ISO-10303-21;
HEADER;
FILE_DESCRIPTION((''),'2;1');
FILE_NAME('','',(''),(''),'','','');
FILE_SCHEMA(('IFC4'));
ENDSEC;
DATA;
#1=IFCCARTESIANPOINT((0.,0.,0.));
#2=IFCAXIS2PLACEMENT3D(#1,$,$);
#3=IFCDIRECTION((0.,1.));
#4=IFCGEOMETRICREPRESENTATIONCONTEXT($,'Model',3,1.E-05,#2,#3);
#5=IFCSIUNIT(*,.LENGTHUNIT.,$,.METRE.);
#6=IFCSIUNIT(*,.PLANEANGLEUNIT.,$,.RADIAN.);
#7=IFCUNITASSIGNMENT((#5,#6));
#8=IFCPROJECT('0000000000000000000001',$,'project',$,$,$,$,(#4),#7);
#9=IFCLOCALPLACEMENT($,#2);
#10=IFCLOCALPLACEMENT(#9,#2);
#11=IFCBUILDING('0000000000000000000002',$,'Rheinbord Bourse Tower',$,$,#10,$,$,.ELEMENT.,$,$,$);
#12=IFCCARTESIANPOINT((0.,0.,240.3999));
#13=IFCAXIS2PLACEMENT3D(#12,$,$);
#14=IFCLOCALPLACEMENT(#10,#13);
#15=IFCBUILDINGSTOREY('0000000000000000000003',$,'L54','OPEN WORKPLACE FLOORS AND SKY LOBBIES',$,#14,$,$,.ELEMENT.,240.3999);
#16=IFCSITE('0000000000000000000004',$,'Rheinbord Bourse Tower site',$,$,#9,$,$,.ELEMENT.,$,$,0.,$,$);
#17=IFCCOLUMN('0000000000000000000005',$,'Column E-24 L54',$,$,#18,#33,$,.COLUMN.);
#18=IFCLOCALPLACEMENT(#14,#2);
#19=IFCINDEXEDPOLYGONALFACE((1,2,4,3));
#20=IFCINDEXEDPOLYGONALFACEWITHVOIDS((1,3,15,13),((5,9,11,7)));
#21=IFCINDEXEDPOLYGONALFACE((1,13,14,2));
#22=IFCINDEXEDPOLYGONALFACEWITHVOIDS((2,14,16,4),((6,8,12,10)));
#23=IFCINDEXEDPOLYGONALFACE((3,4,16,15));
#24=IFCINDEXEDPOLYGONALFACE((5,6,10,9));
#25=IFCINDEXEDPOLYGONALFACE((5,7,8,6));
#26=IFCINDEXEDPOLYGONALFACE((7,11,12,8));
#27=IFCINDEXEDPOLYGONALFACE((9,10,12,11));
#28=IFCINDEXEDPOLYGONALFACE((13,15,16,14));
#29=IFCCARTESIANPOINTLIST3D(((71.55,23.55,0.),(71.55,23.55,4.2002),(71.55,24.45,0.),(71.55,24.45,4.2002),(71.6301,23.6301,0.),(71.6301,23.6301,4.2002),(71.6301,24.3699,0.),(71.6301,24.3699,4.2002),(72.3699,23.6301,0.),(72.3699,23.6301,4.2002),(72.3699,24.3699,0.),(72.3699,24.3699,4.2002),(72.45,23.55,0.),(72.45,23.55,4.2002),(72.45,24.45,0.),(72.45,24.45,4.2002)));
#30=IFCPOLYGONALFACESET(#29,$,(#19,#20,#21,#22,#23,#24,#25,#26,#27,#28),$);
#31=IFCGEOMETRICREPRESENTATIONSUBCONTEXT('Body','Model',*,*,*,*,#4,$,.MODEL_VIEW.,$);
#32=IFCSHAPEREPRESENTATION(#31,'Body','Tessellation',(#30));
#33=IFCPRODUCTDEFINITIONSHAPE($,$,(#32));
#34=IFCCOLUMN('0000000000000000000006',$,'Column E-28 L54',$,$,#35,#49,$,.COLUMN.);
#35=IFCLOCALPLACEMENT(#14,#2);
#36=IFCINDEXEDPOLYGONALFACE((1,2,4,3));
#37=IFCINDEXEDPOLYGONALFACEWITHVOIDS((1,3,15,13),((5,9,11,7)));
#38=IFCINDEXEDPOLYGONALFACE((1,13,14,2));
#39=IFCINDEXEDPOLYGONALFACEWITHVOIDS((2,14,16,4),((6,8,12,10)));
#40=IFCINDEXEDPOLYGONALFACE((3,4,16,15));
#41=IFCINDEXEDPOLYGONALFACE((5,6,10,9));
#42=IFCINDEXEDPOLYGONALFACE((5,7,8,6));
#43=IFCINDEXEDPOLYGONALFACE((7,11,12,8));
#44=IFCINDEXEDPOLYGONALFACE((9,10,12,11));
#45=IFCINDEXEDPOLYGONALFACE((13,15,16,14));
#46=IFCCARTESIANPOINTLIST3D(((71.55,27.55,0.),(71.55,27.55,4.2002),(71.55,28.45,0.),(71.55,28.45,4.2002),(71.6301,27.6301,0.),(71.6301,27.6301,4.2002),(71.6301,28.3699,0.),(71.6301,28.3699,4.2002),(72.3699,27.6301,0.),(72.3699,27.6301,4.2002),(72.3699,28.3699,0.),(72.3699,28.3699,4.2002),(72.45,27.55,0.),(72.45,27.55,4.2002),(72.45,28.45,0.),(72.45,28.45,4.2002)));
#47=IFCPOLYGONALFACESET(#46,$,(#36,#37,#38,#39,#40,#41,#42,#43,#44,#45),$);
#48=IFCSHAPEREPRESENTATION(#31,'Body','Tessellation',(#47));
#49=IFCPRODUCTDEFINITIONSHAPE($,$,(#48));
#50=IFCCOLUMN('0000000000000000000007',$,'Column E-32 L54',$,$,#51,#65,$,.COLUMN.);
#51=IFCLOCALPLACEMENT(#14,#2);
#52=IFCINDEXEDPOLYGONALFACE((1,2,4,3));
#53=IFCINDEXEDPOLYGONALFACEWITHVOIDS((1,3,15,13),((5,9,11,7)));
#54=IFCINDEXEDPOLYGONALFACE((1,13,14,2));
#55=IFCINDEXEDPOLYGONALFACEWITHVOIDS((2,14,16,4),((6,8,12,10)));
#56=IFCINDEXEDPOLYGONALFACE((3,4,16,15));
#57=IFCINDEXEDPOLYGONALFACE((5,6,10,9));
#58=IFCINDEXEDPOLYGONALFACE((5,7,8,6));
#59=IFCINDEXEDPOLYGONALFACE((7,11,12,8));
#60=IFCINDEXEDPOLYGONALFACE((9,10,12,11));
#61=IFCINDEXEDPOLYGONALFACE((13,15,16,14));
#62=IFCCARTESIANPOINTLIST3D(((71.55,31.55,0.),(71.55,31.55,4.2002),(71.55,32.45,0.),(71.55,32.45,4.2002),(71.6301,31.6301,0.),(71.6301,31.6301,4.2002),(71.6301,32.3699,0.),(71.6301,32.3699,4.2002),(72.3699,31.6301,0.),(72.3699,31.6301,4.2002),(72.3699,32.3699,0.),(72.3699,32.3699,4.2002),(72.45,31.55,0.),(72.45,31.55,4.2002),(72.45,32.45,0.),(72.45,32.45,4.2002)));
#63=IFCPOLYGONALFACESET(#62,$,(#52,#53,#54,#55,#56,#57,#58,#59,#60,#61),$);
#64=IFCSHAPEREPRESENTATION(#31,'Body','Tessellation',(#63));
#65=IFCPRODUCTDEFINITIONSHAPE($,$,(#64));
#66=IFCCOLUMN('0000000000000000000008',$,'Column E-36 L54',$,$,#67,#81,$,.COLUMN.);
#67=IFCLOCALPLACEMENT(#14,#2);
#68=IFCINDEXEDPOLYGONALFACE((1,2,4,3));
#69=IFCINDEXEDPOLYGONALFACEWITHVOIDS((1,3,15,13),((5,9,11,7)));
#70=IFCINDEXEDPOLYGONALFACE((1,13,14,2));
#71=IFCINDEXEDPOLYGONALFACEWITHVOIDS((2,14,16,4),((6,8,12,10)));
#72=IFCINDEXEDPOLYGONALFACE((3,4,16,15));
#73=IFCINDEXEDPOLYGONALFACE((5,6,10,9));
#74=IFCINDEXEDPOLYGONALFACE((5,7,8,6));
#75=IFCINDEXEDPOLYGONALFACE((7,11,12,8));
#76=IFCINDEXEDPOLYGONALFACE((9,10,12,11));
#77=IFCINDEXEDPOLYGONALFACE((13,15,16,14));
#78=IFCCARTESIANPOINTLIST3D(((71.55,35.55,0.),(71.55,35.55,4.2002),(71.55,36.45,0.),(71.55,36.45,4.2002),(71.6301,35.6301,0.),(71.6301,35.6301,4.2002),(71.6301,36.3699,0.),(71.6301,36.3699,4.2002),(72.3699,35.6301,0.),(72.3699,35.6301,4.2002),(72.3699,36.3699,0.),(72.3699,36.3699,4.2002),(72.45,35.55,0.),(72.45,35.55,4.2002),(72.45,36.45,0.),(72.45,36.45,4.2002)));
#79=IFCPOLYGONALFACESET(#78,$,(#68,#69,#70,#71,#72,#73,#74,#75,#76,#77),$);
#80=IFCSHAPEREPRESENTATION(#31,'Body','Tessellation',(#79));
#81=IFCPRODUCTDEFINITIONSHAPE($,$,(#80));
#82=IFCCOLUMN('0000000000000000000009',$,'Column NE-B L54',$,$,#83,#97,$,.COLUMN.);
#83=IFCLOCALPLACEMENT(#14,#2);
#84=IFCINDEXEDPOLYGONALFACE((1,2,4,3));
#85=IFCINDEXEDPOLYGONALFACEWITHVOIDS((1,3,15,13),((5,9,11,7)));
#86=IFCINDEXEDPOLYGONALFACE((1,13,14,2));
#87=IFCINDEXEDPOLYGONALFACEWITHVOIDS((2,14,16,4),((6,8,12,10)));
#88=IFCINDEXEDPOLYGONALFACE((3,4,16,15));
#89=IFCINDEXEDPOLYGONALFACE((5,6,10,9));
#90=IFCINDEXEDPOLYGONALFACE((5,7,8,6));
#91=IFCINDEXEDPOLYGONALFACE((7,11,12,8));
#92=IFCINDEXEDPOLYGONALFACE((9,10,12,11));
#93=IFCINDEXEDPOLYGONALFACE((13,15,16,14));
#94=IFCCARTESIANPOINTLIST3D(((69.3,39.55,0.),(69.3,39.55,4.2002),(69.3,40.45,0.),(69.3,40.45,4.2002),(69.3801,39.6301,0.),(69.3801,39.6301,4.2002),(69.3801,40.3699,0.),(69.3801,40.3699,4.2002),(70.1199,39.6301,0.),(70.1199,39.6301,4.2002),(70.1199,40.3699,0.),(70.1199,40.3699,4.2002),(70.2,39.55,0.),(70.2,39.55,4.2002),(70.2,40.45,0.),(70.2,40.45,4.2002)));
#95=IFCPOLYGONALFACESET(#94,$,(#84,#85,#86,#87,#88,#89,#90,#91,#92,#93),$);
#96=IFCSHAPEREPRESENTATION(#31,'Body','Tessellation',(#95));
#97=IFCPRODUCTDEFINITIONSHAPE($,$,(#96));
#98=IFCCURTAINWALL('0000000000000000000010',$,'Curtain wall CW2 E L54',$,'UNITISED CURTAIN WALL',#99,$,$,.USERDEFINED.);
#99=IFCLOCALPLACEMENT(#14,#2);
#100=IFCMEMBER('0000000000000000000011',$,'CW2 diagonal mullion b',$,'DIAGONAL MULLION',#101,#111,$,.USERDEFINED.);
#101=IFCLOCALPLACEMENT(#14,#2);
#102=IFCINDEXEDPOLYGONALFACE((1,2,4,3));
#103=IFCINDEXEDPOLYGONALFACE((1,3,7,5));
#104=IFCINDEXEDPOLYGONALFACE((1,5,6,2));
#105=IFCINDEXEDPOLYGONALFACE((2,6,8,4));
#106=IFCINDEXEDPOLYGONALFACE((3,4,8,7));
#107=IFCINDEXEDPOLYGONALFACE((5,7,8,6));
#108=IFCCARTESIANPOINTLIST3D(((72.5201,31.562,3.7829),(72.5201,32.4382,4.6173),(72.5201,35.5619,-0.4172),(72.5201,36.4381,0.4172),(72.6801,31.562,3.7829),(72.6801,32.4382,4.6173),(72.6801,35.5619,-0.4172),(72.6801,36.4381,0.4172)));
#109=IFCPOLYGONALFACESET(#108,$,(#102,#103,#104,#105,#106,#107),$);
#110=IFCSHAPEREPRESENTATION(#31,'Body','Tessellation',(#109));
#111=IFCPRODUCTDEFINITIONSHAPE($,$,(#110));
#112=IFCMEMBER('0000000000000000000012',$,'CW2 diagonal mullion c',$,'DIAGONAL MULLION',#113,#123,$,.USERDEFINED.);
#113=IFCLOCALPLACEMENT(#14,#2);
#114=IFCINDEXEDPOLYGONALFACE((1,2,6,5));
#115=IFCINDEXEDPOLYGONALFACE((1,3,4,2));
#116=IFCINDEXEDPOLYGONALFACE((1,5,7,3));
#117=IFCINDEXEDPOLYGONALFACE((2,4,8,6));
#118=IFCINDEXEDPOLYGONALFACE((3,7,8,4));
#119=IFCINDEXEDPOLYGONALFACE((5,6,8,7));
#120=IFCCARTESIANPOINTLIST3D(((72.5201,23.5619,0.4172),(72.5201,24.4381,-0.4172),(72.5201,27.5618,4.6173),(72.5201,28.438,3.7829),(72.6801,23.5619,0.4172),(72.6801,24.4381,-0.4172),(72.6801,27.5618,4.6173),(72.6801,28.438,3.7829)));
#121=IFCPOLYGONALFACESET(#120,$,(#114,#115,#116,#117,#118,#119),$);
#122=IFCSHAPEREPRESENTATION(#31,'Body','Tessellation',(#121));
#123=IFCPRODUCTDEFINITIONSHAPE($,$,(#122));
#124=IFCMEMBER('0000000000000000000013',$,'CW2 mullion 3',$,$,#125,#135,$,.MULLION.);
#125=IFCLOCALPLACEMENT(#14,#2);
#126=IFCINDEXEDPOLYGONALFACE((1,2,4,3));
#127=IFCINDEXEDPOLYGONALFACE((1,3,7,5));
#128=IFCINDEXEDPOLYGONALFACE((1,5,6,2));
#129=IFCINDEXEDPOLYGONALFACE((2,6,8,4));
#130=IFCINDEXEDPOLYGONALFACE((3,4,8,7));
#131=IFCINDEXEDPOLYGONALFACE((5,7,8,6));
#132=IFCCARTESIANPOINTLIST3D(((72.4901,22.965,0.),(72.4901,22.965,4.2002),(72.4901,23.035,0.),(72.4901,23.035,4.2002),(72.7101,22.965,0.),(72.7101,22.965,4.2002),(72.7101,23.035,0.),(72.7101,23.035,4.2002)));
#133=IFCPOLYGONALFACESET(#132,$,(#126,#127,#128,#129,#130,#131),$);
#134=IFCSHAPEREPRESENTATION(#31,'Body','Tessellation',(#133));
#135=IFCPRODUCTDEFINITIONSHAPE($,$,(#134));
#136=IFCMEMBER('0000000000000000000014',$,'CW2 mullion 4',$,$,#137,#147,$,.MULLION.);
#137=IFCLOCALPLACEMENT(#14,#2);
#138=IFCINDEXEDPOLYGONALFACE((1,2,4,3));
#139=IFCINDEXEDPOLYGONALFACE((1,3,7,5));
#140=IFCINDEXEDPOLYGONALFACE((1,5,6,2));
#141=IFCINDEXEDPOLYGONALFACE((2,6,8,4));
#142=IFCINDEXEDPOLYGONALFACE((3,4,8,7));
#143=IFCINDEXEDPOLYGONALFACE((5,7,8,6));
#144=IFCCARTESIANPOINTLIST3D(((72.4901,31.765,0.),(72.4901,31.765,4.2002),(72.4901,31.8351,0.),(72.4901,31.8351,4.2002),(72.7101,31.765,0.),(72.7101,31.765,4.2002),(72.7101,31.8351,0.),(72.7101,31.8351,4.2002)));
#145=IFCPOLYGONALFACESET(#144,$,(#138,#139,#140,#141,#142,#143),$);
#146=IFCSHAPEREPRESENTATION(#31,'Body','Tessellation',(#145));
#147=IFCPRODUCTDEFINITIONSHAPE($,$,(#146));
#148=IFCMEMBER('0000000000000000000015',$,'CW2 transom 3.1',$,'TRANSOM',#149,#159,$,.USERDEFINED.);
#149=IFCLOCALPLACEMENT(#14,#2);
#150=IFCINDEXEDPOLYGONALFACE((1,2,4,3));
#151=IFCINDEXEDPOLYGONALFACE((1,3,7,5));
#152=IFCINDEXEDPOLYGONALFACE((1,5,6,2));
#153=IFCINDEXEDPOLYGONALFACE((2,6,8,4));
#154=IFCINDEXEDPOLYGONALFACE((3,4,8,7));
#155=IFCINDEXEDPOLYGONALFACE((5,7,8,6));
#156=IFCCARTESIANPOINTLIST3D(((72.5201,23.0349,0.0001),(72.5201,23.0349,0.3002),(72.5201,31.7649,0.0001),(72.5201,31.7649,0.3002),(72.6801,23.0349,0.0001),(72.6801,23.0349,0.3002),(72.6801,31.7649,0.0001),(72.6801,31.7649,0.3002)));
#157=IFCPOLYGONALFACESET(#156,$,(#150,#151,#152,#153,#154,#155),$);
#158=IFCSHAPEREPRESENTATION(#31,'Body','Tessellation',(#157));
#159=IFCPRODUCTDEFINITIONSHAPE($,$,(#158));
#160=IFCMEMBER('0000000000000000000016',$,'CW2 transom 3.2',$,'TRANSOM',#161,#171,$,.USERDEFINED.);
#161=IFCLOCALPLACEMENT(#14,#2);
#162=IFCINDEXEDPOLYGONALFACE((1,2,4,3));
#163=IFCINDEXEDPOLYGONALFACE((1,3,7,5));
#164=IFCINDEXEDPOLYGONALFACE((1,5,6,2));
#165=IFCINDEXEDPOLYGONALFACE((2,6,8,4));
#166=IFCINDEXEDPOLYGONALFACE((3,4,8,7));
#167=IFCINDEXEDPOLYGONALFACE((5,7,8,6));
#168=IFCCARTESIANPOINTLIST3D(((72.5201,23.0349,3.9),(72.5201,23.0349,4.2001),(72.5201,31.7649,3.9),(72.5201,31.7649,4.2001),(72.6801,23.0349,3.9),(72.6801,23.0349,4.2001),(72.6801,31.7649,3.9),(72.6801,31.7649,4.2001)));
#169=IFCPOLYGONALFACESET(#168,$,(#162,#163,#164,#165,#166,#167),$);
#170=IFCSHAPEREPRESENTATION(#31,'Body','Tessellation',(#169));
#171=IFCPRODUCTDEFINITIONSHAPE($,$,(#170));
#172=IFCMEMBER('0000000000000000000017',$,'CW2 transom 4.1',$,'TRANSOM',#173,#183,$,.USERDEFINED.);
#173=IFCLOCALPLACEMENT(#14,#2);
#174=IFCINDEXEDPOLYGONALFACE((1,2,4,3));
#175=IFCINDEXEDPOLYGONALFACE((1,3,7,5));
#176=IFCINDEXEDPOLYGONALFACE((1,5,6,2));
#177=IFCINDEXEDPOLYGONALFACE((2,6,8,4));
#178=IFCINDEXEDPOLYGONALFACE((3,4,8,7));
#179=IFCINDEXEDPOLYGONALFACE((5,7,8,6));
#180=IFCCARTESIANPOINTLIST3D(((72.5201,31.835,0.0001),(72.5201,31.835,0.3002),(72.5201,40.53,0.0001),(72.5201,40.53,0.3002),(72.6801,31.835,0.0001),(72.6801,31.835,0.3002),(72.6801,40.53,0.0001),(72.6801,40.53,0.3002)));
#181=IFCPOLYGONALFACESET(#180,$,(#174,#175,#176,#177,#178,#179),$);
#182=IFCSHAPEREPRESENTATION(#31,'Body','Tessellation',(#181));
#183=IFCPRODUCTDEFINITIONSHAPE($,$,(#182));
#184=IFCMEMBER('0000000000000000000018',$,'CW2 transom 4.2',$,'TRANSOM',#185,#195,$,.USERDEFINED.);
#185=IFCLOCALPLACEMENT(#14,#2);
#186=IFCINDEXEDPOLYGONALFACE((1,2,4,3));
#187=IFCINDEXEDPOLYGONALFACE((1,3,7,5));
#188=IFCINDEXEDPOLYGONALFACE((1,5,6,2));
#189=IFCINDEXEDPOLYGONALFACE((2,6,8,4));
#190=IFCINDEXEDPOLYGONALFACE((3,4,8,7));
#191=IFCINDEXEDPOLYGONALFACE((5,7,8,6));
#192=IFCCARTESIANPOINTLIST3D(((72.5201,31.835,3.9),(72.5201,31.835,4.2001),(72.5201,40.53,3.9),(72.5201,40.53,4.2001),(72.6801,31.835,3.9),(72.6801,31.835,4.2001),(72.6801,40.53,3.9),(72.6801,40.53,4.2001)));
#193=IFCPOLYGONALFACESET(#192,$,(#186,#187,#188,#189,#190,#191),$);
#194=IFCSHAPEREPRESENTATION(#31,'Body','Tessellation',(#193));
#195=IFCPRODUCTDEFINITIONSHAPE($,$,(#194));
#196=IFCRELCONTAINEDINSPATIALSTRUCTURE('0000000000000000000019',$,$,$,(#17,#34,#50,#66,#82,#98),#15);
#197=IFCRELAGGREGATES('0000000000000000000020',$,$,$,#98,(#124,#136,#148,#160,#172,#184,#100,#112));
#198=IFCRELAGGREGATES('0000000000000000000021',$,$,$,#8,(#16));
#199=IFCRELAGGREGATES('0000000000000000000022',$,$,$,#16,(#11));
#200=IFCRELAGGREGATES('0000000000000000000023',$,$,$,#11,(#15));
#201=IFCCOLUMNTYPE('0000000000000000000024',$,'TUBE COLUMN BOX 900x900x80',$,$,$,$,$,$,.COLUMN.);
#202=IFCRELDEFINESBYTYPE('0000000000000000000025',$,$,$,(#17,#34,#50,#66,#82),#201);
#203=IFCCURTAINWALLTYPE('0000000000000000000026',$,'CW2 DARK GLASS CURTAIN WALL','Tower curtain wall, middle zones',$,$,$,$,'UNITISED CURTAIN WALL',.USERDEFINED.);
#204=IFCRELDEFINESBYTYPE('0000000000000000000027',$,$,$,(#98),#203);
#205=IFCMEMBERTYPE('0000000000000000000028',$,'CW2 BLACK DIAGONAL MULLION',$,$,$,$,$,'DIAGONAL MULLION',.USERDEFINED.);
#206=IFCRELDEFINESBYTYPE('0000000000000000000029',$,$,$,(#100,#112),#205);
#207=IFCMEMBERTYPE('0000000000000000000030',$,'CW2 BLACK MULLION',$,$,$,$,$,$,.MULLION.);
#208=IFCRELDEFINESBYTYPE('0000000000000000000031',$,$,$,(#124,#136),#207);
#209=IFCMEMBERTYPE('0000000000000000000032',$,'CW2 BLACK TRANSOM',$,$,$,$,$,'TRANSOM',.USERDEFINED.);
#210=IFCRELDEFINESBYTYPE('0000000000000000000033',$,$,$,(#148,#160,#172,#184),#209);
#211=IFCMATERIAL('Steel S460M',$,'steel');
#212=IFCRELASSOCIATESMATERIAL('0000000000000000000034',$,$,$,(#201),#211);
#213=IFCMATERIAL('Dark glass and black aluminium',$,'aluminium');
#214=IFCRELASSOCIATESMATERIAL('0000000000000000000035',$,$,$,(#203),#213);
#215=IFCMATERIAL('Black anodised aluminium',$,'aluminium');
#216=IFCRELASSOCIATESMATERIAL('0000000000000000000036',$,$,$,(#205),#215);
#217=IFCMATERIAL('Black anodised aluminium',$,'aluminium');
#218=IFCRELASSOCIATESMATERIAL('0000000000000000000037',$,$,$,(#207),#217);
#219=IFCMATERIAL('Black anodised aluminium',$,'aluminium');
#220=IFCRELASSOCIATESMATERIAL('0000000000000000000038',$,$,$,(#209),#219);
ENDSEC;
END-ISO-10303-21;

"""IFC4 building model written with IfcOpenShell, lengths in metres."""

from ifc_helpers import new_model, si_unit, direction, frame, origin, origin_2d, place, context, subcontext, project, spatial, rectangle, hollow_rectangle, extrude, material, material_profile, profile_set, type_object, element, aggregate, save


model = new_model("IFC4")

# Units and contexts
model_context = context("Model", 3, precision=1e-05, world=origin(), true_north=direction((0.0, 1.0)))
body_context = subcontext(model_context, "Body", "Model", "MODEL_VIEW")
ifc_project = project(units=[si_unit("LENGTHUNIT", "METRE"), si_unit("PLANEANGLEUNIT", "RADIAN")], contexts=[model_context])

# Site, building, storey
site_placement = place(None, origin())
site = spatial("IfcSite", under=ifc_project, at=site_placement, Name="Rheinbord Bourse Tower site", CompositionType="ELEMENT", RefElevation=0.0)
building_placement = place(site_placement, origin())
building = spatial("IfcBuilding", under=site, at=building_placement, Name="Rheinbord Bourse Tower", CompositionType="ELEMENT")
storey_placement = place(building_placement, frame((0.0, 0.0, 240.3999)))
storey = spatial("IfcBuildingStorey", under=building, at=storey_placement, Name="L54", Description="OPEN WORKPLACE FLOORS AND SKY LOBBIES", CompositionType="ELEMENT", Elevation=240.3999)

# Columns
ifc_material_1 = material(Name="Steel S460M", Category="steel")
ifc_material_profile_1 = material_profile(ifc_material_1, hollow_rectangle(XDim=0.8999, YDim=0.8999, WallThickness=0.0801, at=origin_2d()), Name="BOX 900x900x80")
ifc_profile_set_1 = profile_set([ifc_material_profile_1], Name="Steel S460M")
column_type = type_object("IfcColumnType", Name="TUBE COLUMN BOX 900x900x80", PredefinedType="COLUMN", material=ifc_profile_set_1)
for number, where, z_axis, x_axis, name in (
    (1, (72.0, 24.0, 0.0), (0.0, 0.0, 1.0), (1.0, 0.0, 0.0), "Column E-24 L54"),
    (2, (72.0, 28.0, 0.0), (0.0, 0.0, 1.0), (1.0, 0.0, 0.0), "Column E-28 L54"),
    (3, (72.0, 32.0, 0.0), (0.0, 0.0, 1.0), (1.0, 0.0, 0.0), "Column E-32 L54"),
    (4, (72.0, 36.0, 0.0), (0.0, 0.0, 1.0), (1.0, 0.0, 0.0), "Column E-36 L54"),
    (5, (69.75, 40.0, 0.0), (0.0, 0.0, 1.0), (1.0, 0.0, 0.0), "Column NE-B L54"),
):
    element("IfcColumn", number, at=place(storey_placement, frame(where, z_axis=z_axis, x_axis=x_axis)), inside=storey, type_object=column_type, Name=name, PredefinedType="COLUMN", context=body_context, shape_type="SweptSolid", body=[
        extrude(hollow_rectangle(XDim=0.8999, YDim=0.8999, WallThickness=0.0801, at=origin_2d()), origin(), (0.0, 0.0, 1.0), 4.2002),
    ])

# Curtain wall, members
ifc_material_2 = material(Name="Dark glass and black aluminium", Category="aluminium")
curtain_wall_type = type_object("IfcCurtainWallType", Name="CW2 DARK GLASS CURTAIN WALL", Description="Tower curtain wall, middle zones", ElementType="UNITISED CURTAIN WALL", PredefinedType="USERDEFINED", material=ifc_material_2)
curtain_wall_placement = place(storey_placement, origin())
curtain_wall = element("IfcCurtainWall", 6, at=curtain_wall_placement, inside=storey, type_object=curtain_wall_type, Name="Curtain wall CW2 E L54", ObjectType="UNITISED CURTAIN WALL", PredefinedType="USERDEFINED")
ifc_material_3 = material(Name="Black anodised aluminium", Category="aluminium")
ifc_material_profile_2 = material_profile(ifc_material_3, rectangle(XDim=0.1599, YDim=1.21, at=origin_2d()), Name="CW2 DIAGONAL MULLION 1210x160")
ifc_profile_set_2 = profile_set([ifc_material_profile_2], Name="Black anodised aluminium")
member_type_1 = type_object("IfcMemberType", Name="CW2 BLACK DIAGONAL MULLION", ElementType="DIAGONAL MULLION", PredefinedType="USERDEFINED", material=ifc_profile_set_2)
member_1_placement = place(storey_placement, frame((72.6001, 36.0, 0.0), z_axis=(0.0, -0.689638, 0.724154), x_axis=(1.0, 0.0, 0.0)))
member_1 = element("IfcMember", 7, at=member_1_placement, type_object=member_type_1, Name="CW2 diagonal mullion b", ObjectType="DIAGONAL MULLION", PredefinedType="USERDEFINED", context=body_context, shape_type="SweptSolid", body=[
    extrude(rectangle(XDim=0.1599, YDim=1.21, at=origin_2d()), origin(), (0.0, 0.0, 1.0), 5.8),
])
member_2_placement = place(storey_placement, frame((72.6001, 24.0, 0.0), z_axis=(0.0, 0.689638, 0.724154), x_axis=(-1.0, 0.0, 0.0)))
member_2 = element("IfcMember", 8, at=member_2_placement, type_object=member_type_1, Name="CW2 diagonal mullion c", ObjectType="DIAGONAL MULLION", PredefinedType="USERDEFINED", context=body_context, shape_type="SweptSolid", body=[
    extrude(rectangle(XDim=0.1599, YDim=1.21, at=origin_2d()), origin(), (0.0, 0.0, 1.0), 5.8),
])
ifc_material_4 = material(Name="Black anodised aluminium", Category="aluminium")
ifc_material_profile_3 = material_profile(ifc_material_4, rectangle(XDim=0.22, YDim=0.0701, at=origin_2d()), Name="CW2 MULLION 70x220")
ifc_profile_set_3 = profile_set([ifc_material_profile_3], Name="Black anodised aluminium")
member_type_2 = type_object("IfcMemberType", Name="CW2 BLACK MULLION", PredefinedType="MULLION", material=ifc_profile_set_3)
member_3_placement = place(storey_placement, frame((72.6001, 23.0, 0.0), z_axis=(0.0, 0.0, 1.0), x_axis=(-1.0, 0.0, 0.0)))
member_3 = element("IfcMember", 9, at=member_3_placement, type_object=member_type_2, Name="CW2 mullion 3", PredefinedType="MULLION", context=body_context, shape_type="SweptSolid", body=[
    extrude(rectangle(XDim=0.22, YDim=0.0701, at=origin_2d()), origin(), (0.0, 0.0, 1.0), 4.2002),
])
member_4_placement = place(storey_placement, frame((72.6001, 31.8, 0.0), z_axis=(0.0, 0.0, 1.0), x_axis=(-1.0, 0.0, 0.0)))
member_4 = element("IfcMember", 10, at=member_4_placement, type_object=member_type_2, Name="CW2 mullion 4", PredefinedType="MULLION", context=body_context, shape_type="SweptSolid", body=[
    extrude(rectangle(XDim=0.22, YDim=0.0701, at=origin_2d()), origin(), (0.0, 0.0, 1.0), 4.2002),
])
ifc_material_5 = material(Name="Black anodised aluminium", Category="aluminium")
ifc_material_profile_4 = material_profile(ifc_material_5, rectangle(XDim=0.1599, YDim=0.3, at=origin_2d()), Name="CW2 TRANSOM 300x160")
ifc_profile_set_4 = profile_set([ifc_material_profile_4], Name="Black anodised aluminium")
member_type_3 = type_object("IfcMemberType", Name="CW2 BLACK TRANSOM", ElementType="TRANSOM", PredefinedType="USERDEFINED", material=ifc_profile_set_4)
member_5_placement = place(storey_placement, frame((72.6001, 23.0349, 0.1501), z_axis=(0.0, 1.0, 0.0), x_axis=(-1.0, 0.0, 0.0)))
member_5 = element("IfcMember", 11, at=member_5_placement, type_object=member_type_3, Name="CW2 transom 3.1", ObjectType="TRANSOM", PredefinedType="USERDEFINED", context=body_context, shape_type="SweptSolid", body=[
    extrude(rectangle(XDim=0.1599, YDim=0.3, at=origin_2d()), origin(), (0.0, 0.0, 1.0), 8.73),
])
member_6_placement = place(storey_placement, frame((72.6001, 23.0349, 4.05), z_axis=(0.0, 1.0, 0.0), x_axis=(-1.0, 0.0, 0.0)))
member_6 = element("IfcMember", 12, at=member_6_placement, type_object=member_type_3, Name="CW2 transom 3.2", ObjectType="TRANSOM", PredefinedType="USERDEFINED", context=body_context, shape_type="SweptSolid", body=[
    extrude(rectangle(XDim=0.1599, YDim=0.3, at=origin_2d()), origin(), (0.0, 0.0, 1.0), 8.73),
])
member_7_placement = place(storey_placement, frame((72.6001, 31.835, 0.1501), z_axis=(0.0, 1.0, 0.0), x_axis=(-1.0, 0.0, 0.0)))
member_7 = element("IfcMember", 13, at=member_7_placement, type_object=member_type_3, Name="CW2 transom 4.1", ObjectType="TRANSOM", PredefinedType="USERDEFINED", context=body_context, shape_type="SweptSolid", body=[
    extrude(rectangle(XDim=0.1599, YDim=0.3, at=origin_2d()), origin(), (0.0, 0.0, 1.0), 8.6951),
])
member_8_placement = place(storey_placement, frame((72.6001, 31.835, 4.05), z_axis=(0.0, 1.0, 0.0), x_axis=(-1.0, 0.0, 0.0)))
member_8 = element("IfcMember", 14, at=member_8_placement, type_object=member_type_3, Name="CW2 transom 4.2", ObjectType="TRANSOM", PredefinedType="USERDEFINED", context=body_context, shape_type="SweptSolid", body=[
    extrude(rectangle(XDim=0.1599, YDim=0.3, at=origin_2d()), origin(), (0.0, 0.0, 1.0), 8.6951),
])

aggregate(curtain_wall, [member_3, member_4, member_5, member_6, member_7, member_8, member_1, member_2])

save(model, "model.ifc")
